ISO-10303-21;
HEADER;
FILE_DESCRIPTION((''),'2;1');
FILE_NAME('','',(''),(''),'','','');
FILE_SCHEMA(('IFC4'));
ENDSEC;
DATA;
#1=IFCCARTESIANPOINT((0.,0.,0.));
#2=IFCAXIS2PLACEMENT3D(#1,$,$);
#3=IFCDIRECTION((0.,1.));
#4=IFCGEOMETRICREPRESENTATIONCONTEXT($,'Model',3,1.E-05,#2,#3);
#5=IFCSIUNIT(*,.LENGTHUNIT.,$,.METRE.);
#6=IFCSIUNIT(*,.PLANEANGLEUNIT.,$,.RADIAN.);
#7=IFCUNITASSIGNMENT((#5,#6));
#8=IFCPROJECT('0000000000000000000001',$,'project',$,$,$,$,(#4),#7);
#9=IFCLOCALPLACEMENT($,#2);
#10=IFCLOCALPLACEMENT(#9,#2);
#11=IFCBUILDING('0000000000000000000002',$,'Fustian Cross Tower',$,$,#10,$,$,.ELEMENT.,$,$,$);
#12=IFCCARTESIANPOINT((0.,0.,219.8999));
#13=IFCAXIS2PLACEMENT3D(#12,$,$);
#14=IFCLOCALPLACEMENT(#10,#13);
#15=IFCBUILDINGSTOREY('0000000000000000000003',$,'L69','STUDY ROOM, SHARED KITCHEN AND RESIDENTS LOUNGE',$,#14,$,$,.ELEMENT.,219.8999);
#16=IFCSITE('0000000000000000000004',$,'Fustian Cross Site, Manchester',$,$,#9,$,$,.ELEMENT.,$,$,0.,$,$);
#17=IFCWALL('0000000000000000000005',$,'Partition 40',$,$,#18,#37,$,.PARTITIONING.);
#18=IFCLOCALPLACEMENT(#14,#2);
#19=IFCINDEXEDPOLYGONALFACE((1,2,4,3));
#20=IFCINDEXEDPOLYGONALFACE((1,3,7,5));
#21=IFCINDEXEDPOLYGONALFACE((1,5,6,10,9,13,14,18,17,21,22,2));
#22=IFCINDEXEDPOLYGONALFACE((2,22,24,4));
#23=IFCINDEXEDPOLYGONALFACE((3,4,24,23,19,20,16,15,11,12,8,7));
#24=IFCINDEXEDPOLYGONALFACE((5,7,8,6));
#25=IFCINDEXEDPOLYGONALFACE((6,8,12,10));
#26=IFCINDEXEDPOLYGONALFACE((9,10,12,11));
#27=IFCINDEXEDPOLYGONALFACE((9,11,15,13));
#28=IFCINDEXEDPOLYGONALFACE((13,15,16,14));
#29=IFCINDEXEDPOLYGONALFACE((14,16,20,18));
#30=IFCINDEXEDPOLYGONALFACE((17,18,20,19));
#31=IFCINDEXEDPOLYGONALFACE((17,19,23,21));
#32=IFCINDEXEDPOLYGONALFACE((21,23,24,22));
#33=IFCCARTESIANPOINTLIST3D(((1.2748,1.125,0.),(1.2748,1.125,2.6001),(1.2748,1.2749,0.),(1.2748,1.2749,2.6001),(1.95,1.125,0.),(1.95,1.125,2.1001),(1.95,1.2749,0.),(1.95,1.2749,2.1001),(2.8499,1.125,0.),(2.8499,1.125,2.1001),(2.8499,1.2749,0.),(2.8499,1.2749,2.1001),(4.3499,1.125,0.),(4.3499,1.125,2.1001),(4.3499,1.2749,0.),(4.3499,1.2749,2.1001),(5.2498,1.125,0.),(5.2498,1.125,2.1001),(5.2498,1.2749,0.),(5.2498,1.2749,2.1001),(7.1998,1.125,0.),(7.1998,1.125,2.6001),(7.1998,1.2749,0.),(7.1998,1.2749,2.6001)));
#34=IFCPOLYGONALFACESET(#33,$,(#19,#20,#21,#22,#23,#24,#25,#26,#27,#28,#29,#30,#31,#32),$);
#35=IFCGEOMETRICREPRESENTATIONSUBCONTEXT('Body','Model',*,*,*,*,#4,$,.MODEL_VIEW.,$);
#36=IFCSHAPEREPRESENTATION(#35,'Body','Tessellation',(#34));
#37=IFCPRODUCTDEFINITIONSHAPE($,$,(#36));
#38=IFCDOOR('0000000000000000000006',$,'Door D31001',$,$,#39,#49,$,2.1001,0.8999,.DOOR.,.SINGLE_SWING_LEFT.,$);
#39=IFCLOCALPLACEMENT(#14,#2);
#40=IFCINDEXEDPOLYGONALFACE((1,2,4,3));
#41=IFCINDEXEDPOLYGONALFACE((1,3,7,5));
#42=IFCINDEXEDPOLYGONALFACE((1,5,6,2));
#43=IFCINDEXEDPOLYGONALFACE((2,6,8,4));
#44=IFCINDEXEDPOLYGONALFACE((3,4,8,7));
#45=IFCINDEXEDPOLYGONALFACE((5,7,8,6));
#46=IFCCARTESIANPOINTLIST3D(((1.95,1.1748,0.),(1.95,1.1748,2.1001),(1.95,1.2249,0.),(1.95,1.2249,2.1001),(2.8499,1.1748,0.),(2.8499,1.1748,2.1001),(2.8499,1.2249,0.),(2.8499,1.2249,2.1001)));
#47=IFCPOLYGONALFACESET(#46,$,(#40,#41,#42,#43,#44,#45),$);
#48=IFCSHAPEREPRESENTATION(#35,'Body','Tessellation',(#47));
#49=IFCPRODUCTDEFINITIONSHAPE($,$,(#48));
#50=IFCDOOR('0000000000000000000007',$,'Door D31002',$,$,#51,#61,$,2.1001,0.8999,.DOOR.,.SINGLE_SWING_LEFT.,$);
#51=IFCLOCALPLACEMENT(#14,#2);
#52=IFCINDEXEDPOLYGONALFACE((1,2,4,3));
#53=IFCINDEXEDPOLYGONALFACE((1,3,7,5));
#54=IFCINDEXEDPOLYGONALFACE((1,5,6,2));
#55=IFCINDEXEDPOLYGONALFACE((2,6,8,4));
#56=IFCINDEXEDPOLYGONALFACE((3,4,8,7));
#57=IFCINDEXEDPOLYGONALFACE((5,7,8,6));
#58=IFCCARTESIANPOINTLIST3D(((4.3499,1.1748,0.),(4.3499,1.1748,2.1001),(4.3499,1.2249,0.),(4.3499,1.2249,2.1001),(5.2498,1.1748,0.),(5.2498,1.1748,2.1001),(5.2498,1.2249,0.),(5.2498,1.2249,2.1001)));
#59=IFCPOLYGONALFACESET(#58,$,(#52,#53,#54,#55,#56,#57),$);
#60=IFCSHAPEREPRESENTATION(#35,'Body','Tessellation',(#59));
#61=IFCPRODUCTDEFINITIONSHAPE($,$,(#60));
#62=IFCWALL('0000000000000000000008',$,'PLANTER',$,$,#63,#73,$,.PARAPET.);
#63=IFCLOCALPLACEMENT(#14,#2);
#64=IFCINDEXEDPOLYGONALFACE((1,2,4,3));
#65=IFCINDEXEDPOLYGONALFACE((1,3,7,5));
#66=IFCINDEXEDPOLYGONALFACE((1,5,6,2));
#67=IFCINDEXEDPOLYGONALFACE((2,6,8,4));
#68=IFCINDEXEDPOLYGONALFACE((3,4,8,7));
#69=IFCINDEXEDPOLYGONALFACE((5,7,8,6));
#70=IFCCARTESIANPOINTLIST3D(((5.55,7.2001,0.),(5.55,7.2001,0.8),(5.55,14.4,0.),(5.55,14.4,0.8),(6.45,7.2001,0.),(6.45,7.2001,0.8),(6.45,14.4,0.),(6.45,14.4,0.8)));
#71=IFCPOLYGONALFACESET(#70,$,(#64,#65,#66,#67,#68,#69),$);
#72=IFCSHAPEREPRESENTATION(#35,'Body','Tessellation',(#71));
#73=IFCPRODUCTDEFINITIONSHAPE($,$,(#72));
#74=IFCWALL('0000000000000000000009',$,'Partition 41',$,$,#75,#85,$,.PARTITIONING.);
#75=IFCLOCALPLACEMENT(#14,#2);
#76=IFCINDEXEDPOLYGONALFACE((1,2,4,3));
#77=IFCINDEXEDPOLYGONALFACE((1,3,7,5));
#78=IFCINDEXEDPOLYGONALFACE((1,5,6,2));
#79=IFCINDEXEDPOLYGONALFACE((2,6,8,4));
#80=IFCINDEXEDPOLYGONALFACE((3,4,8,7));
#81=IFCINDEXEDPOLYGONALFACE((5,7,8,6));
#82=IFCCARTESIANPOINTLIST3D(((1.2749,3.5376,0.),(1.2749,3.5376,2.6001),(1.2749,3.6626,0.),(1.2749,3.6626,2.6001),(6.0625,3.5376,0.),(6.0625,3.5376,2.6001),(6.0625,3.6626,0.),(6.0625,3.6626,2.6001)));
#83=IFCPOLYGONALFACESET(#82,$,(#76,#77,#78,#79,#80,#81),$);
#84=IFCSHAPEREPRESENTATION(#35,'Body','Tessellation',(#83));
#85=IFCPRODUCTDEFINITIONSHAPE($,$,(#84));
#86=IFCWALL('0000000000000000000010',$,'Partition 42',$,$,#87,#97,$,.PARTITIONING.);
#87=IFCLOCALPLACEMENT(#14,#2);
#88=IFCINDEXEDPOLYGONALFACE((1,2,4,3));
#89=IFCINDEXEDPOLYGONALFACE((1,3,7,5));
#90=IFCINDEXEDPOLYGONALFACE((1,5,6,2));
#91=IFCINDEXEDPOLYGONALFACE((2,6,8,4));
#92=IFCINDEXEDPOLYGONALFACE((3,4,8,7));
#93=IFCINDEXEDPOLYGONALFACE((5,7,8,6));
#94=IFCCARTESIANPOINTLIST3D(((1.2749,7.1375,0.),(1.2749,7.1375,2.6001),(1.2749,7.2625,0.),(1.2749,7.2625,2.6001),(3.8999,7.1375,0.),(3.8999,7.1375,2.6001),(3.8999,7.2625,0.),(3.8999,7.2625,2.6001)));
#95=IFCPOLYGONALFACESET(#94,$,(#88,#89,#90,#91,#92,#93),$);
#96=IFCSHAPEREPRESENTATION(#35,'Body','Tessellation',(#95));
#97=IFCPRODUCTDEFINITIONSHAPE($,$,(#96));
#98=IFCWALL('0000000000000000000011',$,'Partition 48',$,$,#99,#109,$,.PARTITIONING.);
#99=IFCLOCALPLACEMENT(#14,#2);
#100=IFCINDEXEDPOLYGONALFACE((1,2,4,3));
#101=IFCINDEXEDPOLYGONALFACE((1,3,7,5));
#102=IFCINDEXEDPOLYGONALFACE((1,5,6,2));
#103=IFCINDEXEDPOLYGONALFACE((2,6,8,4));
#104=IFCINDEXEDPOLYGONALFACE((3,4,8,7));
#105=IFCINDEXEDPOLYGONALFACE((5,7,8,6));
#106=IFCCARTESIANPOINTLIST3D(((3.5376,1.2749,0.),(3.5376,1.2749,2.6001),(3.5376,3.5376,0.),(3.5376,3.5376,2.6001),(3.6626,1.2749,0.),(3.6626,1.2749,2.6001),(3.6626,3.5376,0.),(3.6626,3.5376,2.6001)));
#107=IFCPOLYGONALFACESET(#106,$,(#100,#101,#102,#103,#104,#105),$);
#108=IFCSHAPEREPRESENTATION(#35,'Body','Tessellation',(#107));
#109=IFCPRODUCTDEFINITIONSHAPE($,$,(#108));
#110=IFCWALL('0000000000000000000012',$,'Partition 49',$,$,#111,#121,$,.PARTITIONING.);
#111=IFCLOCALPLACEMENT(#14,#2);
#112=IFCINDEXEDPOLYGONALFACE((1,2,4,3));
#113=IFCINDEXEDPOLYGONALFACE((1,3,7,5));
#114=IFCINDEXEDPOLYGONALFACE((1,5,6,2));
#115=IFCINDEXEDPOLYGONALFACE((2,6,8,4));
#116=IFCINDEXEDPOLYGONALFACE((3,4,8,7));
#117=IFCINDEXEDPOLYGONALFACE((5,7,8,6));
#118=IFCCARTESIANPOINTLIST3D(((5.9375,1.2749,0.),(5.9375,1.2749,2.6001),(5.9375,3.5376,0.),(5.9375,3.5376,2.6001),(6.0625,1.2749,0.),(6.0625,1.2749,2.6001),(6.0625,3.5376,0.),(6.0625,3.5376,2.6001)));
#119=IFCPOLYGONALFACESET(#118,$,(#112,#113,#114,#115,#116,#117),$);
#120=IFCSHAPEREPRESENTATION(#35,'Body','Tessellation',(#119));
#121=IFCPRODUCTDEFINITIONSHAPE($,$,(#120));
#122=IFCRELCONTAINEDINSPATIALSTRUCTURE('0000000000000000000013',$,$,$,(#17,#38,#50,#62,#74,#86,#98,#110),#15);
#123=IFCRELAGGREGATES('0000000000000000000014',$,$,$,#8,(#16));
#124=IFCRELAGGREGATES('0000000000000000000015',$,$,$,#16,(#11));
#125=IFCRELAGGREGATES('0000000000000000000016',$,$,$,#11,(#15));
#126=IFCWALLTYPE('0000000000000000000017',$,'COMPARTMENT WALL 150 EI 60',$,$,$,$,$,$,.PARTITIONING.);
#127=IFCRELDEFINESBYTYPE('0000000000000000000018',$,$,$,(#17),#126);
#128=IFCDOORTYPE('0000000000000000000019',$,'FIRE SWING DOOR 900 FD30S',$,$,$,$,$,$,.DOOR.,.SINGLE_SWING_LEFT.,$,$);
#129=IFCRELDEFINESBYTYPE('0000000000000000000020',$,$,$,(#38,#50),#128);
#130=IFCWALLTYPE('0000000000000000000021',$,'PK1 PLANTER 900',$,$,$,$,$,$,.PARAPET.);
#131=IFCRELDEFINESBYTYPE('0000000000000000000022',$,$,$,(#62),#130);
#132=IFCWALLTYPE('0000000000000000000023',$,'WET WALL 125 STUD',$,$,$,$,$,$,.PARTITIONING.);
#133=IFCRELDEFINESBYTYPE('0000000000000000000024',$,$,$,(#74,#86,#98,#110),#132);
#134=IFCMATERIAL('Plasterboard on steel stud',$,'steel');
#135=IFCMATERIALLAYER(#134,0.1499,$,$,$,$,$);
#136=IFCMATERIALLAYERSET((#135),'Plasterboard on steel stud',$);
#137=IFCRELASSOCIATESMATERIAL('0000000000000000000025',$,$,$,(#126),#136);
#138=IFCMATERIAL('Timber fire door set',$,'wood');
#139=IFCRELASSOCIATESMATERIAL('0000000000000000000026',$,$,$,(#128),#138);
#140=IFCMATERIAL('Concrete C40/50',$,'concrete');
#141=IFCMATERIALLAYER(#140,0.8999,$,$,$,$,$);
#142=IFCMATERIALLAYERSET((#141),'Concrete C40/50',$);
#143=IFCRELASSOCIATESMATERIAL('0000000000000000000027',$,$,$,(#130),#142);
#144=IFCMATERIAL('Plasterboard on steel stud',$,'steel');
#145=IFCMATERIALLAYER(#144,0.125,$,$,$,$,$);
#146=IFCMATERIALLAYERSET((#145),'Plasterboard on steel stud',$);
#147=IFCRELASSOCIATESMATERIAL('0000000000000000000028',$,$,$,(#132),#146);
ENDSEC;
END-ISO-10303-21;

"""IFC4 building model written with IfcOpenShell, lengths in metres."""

from ifc_helpers import new_model, si_unit, direction, frame, frame_2d, origin, place, context, subcontext, project, spatial, rectangle, extrude, material, layer, layer_set, type_object, element, fill, save


model = new_model("IFC4")

# Units and contexts
model_context = context("Model", 3, precision=1e-05, world=origin(), true_north=direction((0.0, 1.0)))
body_context = subcontext(model_context, "Body", "Model", "MODEL_VIEW")
ifc_project = project(units=[si_unit("LENGTHUNIT", "METRE"), si_unit("PLANEANGLEUNIT", "RADIAN")], contexts=[model_context])

# Site, building, storey
site_placement = place(None, origin())
site = spatial("IfcSite", under=ifc_project, at=site_placement, Name="Fustian Cross Site, Manchester", CompositionType="ELEMENT", RefElevation=0.0)
building_placement = place(site_placement, origin())
building = spatial("IfcBuilding", under=site, at=building_placement, Name="Fustian Cross Tower", CompositionType="ELEMENT")
storey_placement = place(building_placement, frame((0.0, 0.0, 219.8999)))
storey = spatial("IfcBuildingStorey", under=building, at=storey_placement, Name="L69", Description="STUDY ROOM, SHARED KITCHEN AND RESIDENTS LOUNGE", CompositionType="ELEMENT", Elevation=219.8999)

# Wall, openings, doors
ifc_material_1 = material(Name="Plasterboard on steel stud", Category="steel")
ifc_layer_1 = layer(ifc_material_1, 0.1499)
ifc_layer_set_1 = layer_set([ifc_layer_1], Name="Plasterboard on steel stud")
wall_type_1 = type_object("IfcWallType", Name="COMPARTMENT WALL 150 EI 60", PredefinedType="PARTITIONING", material=ifc_layer_set_1)
ifc_material_2 = material(Name="Timber fire door set", Category="wood")
door_type_1 = type_object("IfcDoorType", Name="FIRE SWING DOOR 900 FD30S", OperationType="SINGLE_SWING_LEFT", PredefinedType="DOOR", material=ifc_material_2)
wall_1_placement = place(storey_placement, frame((1.2749, 1.2, 0.0), z_axis=(0.0, 0.0, 1.0), x_axis=(1.0, 0.0, 0.0)))
wall_1 = element("IfcWall", 1, at=wall_1_placement, inside=storey, type_object=wall_type_1, Name="Partition 40", PredefinedType="PARTITIONING", context=body_context, shape_type="SweptSolid", body=[
    extrude(rectangle(XDim=5.925, YDim=0.1499, at=frame_2d((2.9624, 0.0))), origin(), (0.0, 0.0, 1.0), 2.6001),
])
opening_1_placement = place(wall_1_placement, frame((0.675, 0.0, 0.0)))
opening_1 = element("IfcOpeningElement", 2, at=opening_1_placement, cuts=wall_1, PredefinedType="OPENING", context=body_context, shape_type="SweptSolid", body=[
    extrude(rectangle(XDim=0.8999, YDim=2.1001, at=frame_2d((0.45, 1.05))), frame((0.0, 0.085, 0.0), z_axis=(0.0, -1.0, 0.0), x_axis=(1.0, 0.0, 0.0)), (0.0, 0.0, 1.0), 0.1699),
])
opening_2_placement = place(wall_1_placement, frame((3.075, 0.0, 0.0)))
opening_2 = element("IfcOpeningElement", 3, at=opening_2_placement, cuts=wall_1, PredefinedType="OPENING", context=body_context, shape_type="SweptSolid", body=[
    extrude(rectangle(XDim=0.8999, YDim=2.1001, at=frame_2d((0.45, 1.05))), frame((0.0, 0.085, 0.0), z_axis=(0.0, -1.0, 0.0), x_axis=(1.0, 0.0, 0.0)), (0.0, 0.0, 1.0), 0.1699),
])
door_1_placement = place(opening_1_placement, origin())
door_1 = element("IfcDoor", 4, at=door_1_placement, inside=storey, type_object=door_type_1, Name="Door D31001", OperationType="SINGLE_SWING_LEFT", OverallHeight=2.1001, OverallWidth=0.8999, PredefinedType="DOOR", context=body_context, shape_type="SweptSolid", body=[
    extrude(rectangle(XDim=0.8999, YDim=2.1001, at=frame_2d((0.45, 1.05))), frame((0.0, 0.0249, 0.0), z_axis=(0.0, -1.0, 0.0), x_axis=(1.0, 0.0, 0.0)), (0.0, 0.0, 1.0), 0.05),
])
fill(opening_1, door_1)
door_2_placement = place(opening_2_placement, origin())
door_2 = element("IfcDoor", 5, at=door_2_placement, inside=storey, type_object=door_type_1, Name="Door D31002", OperationType="SINGLE_SWING_LEFT", OverallHeight=2.1001, OverallWidth=0.8999, PredefinedType="DOOR", context=body_context, shape_type="SweptSolid", body=[
    extrude(rectangle(XDim=0.8999, YDim=2.1001, at=frame_2d((0.45, 1.05))), frame((0.0, 0.0249, 0.0), z_axis=(0.0, -1.0, 0.0), x_axis=(1.0, 0.0, 0.0)), (0.0, 0.0, 1.0), 0.05),
])
fill(opening_2, door_2)

# Walls
ifc_material_3 = material(Name="Concrete C40/50", Category="concrete")
ifc_layer_2 = layer(ifc_material_3, 0.8999)
ifc_layer_set_2 = layer_set([ifc_layer_2], Name="Concrete C40/50")
wall_type_2 = type_object("IfcWallType", Name="PK1 PLANTER 900", PredefinedType="PARAPET", material=ifc_layer_set_2)
wall_2_placement = place(storey_placement, frame((6.0, 7.2, 0.0), z_axis=(0.0, 0.0, 1.0), x_axis=(0.0, 1.0, 0.0)))
element("IfcWall", 6, at=wall_2_placement, inside=storey, type_object=wall_type_2, Name="PLANTER", PredefinedType="PARAPET", context=body_context, shape_type="SweptSolid", body=[
    extrude(rectangle(XDim=7.2, YDim=0.8999, at=frame_2d((3.6001, 0.0))), origin(), (0.0, 0.0, 1.0), 0.8),
])
ifc_material_4 = material(Name="Plasterboard on steel stud", Category="steel")
ifc_layer_3 = layer(ifc_material_4, 0.125)
ifc_layer_set_3 = layer_set([ifc_layer_3], Name="Plasterboard on steel stud")
wall_type_3 = type_object("IfcWallType", Name="WET WALL 125 STUD", PredefinedType="PARTITIONING", material=ifc_layer_set_3)
wall_3_placement = place(storey_placement, frame((1.2749, 3.6001, 0.0), z_axis=(0.0, 0.0, 1.0), x_axis=(1.0, 0.0, 0.0)))
element("IfcWall", 7, at=wall_3_placement, inside=storey, type_object=wall_type_3, Name="Partition 41", PredefinedType="PARTITIONING", context=body_context, shape_type="SweptSolid", body=[
    extrude(rectangle(XDim=4.7876, YDim=0.125, at=frame_2d((2.3938, 0.0))), origin(), (0.0, 0.0, 1.0), 2.6001),
])
wall_4_placement = place(storey_placement, frame((1.2749, 7.2, 0.0), z_axis=(0.0, 0.0, 1.0), x_axis=(1.0, 0.0, 0.0)))
element("IfcWall", 8, at=wall_4_placement, inside=storey, type_object=wall_type_3, Name="Partition 42", PredefinedType="PARTITIONING", context=body_context, shape_type="SweptSolid", body=[
    extrude(rectangle(XDim=2.625, YDim=0.125, at=frame_2d((1.3125, 0.0))), origin(), (0.0, 0.0, 1.0), 2.6001),
])
for number, where, z_axis, x_axis, name in (
    (9, (3.6001, 1.2749, 0.0), (0.0, 0.0, 1.0), (0.0, 1.0, 0.0), "Partition 48"),
    (10, (6.0, 1.2749, 0.0), (0.0, 0.0, 1.0), (0.0, 1.0, 0.0), "Partition 49"),
):
    element("IfcWall", number, at=place(storey_placement, frame(where, z_axis=z_axis, x_axis=x_axis)), inside=storey, type_object=wall_type_3, Name=name, PredefinedType="PARTITIONING", context=body_context, shape_type="SweptSolid", body=[
        extrude(rectangle(XDim=2.2627, YDim=0.125, at=frame_2d((1.1313, 0.0))), origin(), (0.0, 0.0, 1.0), 2.6001),
    ])

save(model, "model.ifc")
